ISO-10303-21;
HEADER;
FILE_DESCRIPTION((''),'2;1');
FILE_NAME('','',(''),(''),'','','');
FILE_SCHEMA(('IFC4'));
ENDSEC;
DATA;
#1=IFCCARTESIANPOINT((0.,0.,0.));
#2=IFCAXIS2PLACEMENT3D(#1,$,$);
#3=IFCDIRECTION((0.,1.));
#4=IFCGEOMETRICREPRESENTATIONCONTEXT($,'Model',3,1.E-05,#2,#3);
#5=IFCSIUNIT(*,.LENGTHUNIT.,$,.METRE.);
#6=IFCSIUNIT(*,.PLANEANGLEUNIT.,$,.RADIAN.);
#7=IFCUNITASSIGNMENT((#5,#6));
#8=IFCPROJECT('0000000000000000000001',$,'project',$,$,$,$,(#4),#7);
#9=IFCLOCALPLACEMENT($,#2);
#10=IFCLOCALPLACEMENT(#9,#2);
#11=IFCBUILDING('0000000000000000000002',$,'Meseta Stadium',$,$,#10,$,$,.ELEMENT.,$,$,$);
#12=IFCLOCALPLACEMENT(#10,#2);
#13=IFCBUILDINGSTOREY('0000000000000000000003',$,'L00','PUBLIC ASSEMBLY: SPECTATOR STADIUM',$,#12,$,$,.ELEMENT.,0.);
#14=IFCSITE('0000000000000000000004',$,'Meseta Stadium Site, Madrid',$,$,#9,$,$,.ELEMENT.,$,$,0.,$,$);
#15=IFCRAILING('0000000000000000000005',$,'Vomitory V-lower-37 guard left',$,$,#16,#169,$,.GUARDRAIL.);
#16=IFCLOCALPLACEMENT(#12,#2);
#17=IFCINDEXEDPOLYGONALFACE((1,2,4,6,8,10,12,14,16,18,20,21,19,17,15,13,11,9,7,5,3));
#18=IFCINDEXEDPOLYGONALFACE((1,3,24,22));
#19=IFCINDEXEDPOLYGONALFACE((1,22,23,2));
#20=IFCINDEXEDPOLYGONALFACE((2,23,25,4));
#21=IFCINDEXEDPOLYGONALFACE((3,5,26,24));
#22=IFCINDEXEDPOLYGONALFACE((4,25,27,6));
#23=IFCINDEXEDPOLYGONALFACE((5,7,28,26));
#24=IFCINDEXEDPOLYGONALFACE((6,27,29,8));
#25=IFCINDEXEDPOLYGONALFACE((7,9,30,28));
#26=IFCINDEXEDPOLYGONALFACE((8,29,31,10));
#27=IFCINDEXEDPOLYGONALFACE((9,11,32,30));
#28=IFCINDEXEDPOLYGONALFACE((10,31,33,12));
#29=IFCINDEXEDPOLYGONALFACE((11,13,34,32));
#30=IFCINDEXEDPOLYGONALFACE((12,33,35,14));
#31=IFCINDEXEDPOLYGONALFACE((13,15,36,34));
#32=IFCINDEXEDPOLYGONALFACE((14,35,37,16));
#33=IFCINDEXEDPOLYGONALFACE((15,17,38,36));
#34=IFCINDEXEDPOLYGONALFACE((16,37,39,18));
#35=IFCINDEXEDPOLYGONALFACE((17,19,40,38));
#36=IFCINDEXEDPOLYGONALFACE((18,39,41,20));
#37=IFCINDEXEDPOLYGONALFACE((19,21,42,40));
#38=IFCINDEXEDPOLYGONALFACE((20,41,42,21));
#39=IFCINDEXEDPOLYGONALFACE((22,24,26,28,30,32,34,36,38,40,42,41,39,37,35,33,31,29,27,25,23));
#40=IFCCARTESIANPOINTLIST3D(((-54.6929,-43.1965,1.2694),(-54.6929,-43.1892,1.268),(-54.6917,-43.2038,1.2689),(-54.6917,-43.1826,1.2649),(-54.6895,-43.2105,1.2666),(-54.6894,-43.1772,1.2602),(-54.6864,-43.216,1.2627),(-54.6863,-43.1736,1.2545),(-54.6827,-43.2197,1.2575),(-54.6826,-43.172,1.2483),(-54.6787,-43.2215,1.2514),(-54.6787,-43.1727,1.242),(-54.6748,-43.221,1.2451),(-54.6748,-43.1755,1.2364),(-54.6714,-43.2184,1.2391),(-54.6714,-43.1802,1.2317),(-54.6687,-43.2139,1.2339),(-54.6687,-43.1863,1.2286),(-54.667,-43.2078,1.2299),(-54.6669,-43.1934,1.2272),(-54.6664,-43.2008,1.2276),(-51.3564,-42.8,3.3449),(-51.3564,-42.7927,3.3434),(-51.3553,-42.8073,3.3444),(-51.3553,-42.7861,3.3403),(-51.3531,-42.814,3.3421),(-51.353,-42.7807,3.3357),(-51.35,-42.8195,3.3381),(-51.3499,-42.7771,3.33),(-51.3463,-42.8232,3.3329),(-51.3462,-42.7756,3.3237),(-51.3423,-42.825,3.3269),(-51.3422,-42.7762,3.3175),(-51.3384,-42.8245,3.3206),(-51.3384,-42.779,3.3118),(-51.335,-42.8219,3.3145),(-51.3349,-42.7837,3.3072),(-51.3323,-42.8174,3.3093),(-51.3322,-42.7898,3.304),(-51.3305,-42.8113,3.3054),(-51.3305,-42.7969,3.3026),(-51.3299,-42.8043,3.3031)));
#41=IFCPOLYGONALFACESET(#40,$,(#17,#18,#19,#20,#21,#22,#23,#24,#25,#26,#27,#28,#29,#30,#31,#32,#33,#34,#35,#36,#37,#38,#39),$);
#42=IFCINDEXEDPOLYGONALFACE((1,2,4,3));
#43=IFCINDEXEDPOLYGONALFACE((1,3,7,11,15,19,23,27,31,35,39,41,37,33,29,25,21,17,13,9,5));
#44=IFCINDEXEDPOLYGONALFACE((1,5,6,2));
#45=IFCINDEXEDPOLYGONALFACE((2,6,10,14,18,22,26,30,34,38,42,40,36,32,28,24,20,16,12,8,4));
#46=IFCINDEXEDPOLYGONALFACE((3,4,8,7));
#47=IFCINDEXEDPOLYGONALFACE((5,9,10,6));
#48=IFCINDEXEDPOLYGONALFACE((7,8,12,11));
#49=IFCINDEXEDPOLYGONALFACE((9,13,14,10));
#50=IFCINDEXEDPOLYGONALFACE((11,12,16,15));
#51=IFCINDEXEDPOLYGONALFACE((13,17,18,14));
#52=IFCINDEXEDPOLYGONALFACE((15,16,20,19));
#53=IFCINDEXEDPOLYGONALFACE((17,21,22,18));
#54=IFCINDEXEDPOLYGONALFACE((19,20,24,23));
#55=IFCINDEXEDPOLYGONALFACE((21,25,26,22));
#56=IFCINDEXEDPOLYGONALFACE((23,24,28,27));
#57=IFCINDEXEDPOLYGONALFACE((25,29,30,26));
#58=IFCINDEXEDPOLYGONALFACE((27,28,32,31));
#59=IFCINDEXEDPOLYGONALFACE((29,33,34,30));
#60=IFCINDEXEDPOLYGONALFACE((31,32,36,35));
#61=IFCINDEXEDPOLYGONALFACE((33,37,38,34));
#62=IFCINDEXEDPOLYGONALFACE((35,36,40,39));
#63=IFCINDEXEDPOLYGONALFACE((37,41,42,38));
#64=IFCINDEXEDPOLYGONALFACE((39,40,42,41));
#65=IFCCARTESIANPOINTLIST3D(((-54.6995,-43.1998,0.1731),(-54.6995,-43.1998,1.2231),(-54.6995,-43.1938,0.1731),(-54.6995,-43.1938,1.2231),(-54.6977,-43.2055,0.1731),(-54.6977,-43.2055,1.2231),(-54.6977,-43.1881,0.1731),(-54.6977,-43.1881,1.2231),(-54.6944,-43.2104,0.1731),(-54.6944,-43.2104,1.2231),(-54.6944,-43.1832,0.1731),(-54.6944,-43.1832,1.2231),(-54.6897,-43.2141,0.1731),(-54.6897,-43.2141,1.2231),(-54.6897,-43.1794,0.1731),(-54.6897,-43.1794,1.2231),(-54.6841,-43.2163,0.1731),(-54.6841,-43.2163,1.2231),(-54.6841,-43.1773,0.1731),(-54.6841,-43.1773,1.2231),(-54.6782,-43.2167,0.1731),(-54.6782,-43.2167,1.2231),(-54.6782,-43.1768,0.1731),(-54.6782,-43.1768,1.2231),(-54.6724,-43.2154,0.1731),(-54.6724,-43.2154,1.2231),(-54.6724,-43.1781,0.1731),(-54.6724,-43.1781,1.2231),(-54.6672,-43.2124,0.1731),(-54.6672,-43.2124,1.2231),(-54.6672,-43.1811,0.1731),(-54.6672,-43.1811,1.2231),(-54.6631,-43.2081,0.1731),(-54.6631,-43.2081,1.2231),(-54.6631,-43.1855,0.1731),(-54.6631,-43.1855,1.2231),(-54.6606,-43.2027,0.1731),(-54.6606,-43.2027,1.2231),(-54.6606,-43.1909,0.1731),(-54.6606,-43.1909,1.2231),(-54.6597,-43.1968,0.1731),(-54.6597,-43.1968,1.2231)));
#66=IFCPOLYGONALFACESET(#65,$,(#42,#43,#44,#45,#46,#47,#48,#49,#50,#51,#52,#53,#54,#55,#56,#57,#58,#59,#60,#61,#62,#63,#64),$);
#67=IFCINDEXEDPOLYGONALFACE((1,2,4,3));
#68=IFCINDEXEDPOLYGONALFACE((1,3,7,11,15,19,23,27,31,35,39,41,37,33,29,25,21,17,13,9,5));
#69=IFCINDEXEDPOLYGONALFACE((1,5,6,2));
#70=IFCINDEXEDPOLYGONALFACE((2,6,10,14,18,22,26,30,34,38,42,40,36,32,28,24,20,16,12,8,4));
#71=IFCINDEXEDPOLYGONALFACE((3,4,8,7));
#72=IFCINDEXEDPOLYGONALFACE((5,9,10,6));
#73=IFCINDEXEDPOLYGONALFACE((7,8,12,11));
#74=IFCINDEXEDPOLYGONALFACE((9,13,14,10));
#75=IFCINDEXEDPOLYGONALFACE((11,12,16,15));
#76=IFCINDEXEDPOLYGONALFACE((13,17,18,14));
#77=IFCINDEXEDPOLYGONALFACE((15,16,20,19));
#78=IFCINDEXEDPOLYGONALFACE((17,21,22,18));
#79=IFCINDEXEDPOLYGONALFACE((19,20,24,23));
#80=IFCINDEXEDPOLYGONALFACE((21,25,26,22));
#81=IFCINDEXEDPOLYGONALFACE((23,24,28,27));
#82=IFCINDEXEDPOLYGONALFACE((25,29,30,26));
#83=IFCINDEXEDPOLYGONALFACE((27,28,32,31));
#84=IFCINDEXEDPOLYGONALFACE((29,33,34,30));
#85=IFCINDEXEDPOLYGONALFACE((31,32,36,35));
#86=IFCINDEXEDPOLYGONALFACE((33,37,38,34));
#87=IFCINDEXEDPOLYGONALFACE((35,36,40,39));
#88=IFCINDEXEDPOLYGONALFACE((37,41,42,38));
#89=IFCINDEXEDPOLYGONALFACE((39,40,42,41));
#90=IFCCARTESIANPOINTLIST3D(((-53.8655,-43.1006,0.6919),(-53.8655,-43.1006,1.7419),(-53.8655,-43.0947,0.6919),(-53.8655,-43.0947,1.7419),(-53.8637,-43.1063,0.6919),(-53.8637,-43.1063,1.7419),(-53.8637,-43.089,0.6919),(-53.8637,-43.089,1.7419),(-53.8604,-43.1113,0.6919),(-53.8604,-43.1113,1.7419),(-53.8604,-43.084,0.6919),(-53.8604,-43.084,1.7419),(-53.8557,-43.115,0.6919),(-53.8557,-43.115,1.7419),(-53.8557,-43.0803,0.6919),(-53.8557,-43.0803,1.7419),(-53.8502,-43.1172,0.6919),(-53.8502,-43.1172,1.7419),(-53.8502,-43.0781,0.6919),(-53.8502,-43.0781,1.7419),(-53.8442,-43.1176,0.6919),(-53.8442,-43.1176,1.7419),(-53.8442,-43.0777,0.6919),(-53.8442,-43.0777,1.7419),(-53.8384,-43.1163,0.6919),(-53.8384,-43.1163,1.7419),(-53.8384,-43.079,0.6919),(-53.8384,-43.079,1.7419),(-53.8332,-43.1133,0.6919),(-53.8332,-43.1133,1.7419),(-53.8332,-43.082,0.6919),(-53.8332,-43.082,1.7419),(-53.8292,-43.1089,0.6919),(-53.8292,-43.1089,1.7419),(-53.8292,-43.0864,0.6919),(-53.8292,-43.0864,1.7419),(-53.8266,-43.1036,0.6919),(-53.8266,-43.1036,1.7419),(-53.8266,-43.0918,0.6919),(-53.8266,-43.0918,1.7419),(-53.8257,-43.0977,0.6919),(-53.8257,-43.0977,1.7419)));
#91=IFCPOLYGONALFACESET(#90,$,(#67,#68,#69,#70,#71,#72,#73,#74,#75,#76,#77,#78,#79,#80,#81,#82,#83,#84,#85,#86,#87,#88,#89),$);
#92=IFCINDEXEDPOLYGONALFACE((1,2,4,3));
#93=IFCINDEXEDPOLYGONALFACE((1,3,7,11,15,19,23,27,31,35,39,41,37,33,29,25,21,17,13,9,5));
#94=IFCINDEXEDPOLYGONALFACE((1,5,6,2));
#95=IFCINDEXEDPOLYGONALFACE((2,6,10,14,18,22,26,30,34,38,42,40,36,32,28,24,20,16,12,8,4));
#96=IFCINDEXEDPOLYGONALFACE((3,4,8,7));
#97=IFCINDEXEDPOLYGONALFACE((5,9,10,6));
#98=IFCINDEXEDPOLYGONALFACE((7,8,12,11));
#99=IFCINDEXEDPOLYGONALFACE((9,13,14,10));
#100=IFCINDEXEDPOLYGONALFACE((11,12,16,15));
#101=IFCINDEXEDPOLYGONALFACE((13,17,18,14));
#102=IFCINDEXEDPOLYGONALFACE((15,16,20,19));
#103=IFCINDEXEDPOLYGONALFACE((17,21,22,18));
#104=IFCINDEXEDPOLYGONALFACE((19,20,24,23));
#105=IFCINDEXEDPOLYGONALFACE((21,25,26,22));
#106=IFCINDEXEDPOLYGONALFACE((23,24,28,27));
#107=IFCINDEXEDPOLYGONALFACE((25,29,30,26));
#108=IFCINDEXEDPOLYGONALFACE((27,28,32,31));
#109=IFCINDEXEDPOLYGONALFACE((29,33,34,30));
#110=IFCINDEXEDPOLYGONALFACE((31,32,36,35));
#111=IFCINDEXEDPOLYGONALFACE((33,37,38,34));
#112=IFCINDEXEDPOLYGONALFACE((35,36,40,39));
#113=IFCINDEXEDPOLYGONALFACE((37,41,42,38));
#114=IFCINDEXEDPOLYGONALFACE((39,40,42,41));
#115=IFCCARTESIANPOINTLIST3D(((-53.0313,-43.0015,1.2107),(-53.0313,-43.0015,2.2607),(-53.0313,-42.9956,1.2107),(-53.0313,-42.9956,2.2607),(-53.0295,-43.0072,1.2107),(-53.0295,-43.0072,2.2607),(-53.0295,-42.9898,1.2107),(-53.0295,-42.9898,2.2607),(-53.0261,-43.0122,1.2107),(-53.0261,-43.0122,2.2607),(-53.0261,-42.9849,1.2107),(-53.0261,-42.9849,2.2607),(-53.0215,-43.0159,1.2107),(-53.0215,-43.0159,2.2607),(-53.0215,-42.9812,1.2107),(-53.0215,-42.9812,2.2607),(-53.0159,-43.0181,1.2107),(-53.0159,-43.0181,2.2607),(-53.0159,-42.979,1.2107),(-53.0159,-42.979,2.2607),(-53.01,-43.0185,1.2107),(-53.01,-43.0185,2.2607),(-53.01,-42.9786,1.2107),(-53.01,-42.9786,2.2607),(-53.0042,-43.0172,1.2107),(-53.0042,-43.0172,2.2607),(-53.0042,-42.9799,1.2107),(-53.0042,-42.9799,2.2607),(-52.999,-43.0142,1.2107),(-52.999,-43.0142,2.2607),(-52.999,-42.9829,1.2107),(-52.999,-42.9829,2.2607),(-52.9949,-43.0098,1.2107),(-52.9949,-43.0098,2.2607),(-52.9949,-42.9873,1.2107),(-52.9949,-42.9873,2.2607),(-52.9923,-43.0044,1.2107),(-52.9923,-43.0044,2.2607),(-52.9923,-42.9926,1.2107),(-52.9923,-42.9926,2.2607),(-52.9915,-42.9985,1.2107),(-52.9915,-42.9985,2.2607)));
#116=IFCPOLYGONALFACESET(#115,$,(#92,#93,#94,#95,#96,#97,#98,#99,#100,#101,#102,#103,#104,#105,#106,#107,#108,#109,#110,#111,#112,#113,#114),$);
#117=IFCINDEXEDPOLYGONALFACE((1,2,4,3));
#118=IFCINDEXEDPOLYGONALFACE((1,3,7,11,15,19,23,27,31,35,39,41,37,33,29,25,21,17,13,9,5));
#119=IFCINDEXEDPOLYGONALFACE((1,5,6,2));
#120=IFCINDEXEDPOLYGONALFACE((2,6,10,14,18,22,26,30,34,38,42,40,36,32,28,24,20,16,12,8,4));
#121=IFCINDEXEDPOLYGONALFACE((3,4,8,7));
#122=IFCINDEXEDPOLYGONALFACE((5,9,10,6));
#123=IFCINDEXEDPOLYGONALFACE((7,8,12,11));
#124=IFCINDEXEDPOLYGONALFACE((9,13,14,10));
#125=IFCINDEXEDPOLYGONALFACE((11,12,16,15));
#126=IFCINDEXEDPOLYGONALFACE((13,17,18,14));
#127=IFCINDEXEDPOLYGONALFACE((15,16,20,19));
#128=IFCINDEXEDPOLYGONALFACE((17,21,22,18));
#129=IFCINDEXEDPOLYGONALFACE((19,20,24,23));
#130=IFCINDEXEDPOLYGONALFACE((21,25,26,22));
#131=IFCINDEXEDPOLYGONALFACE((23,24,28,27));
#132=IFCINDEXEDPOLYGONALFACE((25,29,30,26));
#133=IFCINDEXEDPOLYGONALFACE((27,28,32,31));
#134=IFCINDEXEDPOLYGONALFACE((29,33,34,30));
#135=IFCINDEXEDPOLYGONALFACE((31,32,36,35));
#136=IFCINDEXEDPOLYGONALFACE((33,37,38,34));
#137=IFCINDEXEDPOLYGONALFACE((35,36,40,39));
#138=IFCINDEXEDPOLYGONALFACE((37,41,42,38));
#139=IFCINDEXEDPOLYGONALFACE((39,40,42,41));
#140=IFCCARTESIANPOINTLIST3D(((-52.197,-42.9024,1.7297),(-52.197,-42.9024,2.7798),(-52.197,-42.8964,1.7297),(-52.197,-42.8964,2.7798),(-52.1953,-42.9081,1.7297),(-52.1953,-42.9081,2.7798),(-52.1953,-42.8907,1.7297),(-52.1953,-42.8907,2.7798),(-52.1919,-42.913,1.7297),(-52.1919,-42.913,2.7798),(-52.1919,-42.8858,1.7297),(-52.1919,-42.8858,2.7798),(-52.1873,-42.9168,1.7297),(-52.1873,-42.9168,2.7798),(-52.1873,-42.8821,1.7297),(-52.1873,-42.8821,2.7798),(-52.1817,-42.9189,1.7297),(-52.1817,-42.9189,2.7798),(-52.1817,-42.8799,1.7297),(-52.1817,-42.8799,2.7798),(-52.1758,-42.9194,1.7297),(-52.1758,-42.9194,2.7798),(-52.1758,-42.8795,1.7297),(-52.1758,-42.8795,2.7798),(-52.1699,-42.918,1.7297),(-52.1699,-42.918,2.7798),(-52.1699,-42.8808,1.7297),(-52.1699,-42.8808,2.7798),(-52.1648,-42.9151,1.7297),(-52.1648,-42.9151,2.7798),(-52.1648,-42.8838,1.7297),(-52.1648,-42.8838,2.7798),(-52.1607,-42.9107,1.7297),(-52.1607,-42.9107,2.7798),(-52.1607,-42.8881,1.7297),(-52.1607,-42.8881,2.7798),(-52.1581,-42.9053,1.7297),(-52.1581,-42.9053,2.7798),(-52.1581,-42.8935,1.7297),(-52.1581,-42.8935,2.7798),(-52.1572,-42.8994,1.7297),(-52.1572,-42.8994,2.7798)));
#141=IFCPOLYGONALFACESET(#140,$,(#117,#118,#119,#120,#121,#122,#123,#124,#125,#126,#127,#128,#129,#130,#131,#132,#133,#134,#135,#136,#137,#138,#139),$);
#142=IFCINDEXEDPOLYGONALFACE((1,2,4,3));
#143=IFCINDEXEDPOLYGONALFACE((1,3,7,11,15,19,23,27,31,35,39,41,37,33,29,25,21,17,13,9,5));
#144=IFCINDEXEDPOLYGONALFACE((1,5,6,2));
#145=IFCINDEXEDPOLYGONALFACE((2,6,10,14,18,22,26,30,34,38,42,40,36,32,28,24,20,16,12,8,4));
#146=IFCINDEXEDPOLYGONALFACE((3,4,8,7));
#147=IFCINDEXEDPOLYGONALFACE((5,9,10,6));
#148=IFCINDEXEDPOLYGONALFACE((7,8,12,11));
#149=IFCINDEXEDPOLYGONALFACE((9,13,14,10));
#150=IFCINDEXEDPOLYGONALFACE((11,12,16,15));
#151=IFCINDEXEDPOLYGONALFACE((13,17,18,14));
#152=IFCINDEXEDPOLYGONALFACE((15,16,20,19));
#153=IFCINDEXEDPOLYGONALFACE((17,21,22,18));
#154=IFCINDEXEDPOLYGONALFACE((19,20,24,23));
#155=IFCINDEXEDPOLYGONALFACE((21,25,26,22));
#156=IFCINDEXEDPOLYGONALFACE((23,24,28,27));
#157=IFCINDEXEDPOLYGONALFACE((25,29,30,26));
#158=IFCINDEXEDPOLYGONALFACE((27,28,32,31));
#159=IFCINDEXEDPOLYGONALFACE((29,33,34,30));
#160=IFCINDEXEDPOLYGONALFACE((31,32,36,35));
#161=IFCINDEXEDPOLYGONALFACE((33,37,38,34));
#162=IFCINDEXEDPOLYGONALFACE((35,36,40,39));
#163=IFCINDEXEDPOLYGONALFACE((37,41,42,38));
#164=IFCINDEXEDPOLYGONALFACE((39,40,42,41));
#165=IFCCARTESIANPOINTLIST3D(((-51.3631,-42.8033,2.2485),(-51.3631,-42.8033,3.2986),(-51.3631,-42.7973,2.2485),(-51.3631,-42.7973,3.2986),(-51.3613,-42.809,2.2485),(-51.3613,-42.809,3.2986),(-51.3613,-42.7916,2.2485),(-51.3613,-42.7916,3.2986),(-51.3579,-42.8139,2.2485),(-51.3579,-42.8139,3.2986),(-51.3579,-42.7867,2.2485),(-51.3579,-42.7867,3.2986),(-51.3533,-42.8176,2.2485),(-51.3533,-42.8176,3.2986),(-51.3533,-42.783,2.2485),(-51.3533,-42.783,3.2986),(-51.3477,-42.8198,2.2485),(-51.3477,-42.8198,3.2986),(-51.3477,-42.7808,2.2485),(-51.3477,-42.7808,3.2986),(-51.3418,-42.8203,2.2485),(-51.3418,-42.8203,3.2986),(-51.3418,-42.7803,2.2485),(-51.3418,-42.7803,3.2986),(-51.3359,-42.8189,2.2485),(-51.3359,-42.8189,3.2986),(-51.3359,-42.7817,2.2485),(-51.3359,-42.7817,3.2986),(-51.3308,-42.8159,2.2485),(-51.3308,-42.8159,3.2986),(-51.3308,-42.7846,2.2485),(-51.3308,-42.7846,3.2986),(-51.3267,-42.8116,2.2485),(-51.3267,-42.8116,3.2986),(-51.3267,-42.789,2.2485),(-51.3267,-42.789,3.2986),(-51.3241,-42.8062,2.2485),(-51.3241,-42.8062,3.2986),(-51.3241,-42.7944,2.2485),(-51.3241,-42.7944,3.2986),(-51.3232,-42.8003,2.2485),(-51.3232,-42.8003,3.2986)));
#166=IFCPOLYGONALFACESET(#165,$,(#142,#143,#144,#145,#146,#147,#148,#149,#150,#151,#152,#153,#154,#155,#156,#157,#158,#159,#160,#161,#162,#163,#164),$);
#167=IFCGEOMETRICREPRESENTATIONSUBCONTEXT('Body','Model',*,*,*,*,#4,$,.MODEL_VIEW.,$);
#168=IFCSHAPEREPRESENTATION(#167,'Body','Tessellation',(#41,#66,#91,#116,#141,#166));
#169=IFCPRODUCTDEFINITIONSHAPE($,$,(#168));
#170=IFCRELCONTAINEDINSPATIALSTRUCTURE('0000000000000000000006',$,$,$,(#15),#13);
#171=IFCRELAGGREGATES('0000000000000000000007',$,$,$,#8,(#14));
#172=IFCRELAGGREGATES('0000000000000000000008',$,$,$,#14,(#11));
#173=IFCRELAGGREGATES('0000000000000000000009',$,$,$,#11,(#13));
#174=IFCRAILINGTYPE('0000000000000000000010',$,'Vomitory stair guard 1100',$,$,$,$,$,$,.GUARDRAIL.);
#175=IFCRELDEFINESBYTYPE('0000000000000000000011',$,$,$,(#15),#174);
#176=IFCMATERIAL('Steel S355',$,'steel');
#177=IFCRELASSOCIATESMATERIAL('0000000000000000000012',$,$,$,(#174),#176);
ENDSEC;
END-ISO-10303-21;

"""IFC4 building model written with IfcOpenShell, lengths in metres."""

from ifc_helpers import new_model, si_unit, direction, frame, origin, origin_2d, place, context, subcontext, project, spatial, circle, extrude, material, type_object, element, save


model = new_model("IFC4")

# Units and contexts
model_context = context("Model", 3, precision=1e-05, world=origin(), true_north=direction((0.0, 1.0)))
body_context = subcontext(model_context, "Body", "Model", "MODEL_VIEW")
ifc_project = project(units=[si_unit("LENGTHUNIT", "METRE"), si_unit("PLANEANGLEUNIT", "RADIAN")], contexts=[model_context])

# Site, building, storey
site_placement = place(None, origin())
site = spatial("IfcSite", under=ifc_project, at=site_placement, Name="Meseta Stadium Site, Madrid", CompositionType="ELEMENT", RefElevation=0.0)
building_placement = place(site_placement, origin())
building = spatial("IfcBuilding", under=site, at=building_placement, Name="Meseta Stadium", CompositionType="ELEMENT")
storey_placement = place(building_placement, origin())
storey = spatial("IfcBuildingStorey", under=building, at=storey_placement, Name="L00", Description="PUBLIC ASSEMBLY: SPECTATOR STADIUM", CompositionType="ELEMENT", Elevation=0.0)

# Railing
ifc_material_1 = material(Name="Steel S355", Category="steel")
railing_type_1 = type_object("IfcRailingType", Name="Vomitory stair guard 1100", PredefinedType="GUARDRAIL", material=ifc_material_1)
for number, where, name in (
    (1, (-54.6797, -43.1968, 0.1731), "Vomitory V-lower-37 guard left"),
):
    element("IfcRailing", number, at=place(storey_placement, frame(where)), inside=storey, type_object=railing_type_1, Name=name, PredefinedType="GUARDRAIL", context=body_context, shape_type="SweptSolid", body=[
        extrude(circle(Radius=0.0249, at=origin_2d()), frame((0.0, 0.0, 1.0752), z_axis=(0.84483, 0.100395, 0.525531), x_axis=(-0.118005, 0.993013, 0.0)), (0.0, 0.0, 1.0), 3.9492),
        extrude(circle(Radius=0.02, at=origin_2d()), origin(), (0.0, 0.0, 1.0), 1.05),
        extrude(circle(Radius=0.02, at=origin_2d()), frame((0.834, 0.0991, 0.5188)), (0.0, 0.0, 1.0), 1.05),
        extrude(circle(Radius=0.02, at=origin_2d()), frame((1.6682, 0.1982, 1.0376)), (0.0, 0.0, 1.0), 1.05),
        extrude(circle(Radius=0.02, at=origin_2d()), frame((2.5024, 0.2974, 1.5566)), (0.0, 0.0, 1.0), 1.05),
        extrude(circle(Radius=0.02, at=origin_2d()), frame((3.3364, 0.3965, 2.0754)), (0.0, 0.0, 1.0), 1.05),
    ])

save(model, "model.ifc")
